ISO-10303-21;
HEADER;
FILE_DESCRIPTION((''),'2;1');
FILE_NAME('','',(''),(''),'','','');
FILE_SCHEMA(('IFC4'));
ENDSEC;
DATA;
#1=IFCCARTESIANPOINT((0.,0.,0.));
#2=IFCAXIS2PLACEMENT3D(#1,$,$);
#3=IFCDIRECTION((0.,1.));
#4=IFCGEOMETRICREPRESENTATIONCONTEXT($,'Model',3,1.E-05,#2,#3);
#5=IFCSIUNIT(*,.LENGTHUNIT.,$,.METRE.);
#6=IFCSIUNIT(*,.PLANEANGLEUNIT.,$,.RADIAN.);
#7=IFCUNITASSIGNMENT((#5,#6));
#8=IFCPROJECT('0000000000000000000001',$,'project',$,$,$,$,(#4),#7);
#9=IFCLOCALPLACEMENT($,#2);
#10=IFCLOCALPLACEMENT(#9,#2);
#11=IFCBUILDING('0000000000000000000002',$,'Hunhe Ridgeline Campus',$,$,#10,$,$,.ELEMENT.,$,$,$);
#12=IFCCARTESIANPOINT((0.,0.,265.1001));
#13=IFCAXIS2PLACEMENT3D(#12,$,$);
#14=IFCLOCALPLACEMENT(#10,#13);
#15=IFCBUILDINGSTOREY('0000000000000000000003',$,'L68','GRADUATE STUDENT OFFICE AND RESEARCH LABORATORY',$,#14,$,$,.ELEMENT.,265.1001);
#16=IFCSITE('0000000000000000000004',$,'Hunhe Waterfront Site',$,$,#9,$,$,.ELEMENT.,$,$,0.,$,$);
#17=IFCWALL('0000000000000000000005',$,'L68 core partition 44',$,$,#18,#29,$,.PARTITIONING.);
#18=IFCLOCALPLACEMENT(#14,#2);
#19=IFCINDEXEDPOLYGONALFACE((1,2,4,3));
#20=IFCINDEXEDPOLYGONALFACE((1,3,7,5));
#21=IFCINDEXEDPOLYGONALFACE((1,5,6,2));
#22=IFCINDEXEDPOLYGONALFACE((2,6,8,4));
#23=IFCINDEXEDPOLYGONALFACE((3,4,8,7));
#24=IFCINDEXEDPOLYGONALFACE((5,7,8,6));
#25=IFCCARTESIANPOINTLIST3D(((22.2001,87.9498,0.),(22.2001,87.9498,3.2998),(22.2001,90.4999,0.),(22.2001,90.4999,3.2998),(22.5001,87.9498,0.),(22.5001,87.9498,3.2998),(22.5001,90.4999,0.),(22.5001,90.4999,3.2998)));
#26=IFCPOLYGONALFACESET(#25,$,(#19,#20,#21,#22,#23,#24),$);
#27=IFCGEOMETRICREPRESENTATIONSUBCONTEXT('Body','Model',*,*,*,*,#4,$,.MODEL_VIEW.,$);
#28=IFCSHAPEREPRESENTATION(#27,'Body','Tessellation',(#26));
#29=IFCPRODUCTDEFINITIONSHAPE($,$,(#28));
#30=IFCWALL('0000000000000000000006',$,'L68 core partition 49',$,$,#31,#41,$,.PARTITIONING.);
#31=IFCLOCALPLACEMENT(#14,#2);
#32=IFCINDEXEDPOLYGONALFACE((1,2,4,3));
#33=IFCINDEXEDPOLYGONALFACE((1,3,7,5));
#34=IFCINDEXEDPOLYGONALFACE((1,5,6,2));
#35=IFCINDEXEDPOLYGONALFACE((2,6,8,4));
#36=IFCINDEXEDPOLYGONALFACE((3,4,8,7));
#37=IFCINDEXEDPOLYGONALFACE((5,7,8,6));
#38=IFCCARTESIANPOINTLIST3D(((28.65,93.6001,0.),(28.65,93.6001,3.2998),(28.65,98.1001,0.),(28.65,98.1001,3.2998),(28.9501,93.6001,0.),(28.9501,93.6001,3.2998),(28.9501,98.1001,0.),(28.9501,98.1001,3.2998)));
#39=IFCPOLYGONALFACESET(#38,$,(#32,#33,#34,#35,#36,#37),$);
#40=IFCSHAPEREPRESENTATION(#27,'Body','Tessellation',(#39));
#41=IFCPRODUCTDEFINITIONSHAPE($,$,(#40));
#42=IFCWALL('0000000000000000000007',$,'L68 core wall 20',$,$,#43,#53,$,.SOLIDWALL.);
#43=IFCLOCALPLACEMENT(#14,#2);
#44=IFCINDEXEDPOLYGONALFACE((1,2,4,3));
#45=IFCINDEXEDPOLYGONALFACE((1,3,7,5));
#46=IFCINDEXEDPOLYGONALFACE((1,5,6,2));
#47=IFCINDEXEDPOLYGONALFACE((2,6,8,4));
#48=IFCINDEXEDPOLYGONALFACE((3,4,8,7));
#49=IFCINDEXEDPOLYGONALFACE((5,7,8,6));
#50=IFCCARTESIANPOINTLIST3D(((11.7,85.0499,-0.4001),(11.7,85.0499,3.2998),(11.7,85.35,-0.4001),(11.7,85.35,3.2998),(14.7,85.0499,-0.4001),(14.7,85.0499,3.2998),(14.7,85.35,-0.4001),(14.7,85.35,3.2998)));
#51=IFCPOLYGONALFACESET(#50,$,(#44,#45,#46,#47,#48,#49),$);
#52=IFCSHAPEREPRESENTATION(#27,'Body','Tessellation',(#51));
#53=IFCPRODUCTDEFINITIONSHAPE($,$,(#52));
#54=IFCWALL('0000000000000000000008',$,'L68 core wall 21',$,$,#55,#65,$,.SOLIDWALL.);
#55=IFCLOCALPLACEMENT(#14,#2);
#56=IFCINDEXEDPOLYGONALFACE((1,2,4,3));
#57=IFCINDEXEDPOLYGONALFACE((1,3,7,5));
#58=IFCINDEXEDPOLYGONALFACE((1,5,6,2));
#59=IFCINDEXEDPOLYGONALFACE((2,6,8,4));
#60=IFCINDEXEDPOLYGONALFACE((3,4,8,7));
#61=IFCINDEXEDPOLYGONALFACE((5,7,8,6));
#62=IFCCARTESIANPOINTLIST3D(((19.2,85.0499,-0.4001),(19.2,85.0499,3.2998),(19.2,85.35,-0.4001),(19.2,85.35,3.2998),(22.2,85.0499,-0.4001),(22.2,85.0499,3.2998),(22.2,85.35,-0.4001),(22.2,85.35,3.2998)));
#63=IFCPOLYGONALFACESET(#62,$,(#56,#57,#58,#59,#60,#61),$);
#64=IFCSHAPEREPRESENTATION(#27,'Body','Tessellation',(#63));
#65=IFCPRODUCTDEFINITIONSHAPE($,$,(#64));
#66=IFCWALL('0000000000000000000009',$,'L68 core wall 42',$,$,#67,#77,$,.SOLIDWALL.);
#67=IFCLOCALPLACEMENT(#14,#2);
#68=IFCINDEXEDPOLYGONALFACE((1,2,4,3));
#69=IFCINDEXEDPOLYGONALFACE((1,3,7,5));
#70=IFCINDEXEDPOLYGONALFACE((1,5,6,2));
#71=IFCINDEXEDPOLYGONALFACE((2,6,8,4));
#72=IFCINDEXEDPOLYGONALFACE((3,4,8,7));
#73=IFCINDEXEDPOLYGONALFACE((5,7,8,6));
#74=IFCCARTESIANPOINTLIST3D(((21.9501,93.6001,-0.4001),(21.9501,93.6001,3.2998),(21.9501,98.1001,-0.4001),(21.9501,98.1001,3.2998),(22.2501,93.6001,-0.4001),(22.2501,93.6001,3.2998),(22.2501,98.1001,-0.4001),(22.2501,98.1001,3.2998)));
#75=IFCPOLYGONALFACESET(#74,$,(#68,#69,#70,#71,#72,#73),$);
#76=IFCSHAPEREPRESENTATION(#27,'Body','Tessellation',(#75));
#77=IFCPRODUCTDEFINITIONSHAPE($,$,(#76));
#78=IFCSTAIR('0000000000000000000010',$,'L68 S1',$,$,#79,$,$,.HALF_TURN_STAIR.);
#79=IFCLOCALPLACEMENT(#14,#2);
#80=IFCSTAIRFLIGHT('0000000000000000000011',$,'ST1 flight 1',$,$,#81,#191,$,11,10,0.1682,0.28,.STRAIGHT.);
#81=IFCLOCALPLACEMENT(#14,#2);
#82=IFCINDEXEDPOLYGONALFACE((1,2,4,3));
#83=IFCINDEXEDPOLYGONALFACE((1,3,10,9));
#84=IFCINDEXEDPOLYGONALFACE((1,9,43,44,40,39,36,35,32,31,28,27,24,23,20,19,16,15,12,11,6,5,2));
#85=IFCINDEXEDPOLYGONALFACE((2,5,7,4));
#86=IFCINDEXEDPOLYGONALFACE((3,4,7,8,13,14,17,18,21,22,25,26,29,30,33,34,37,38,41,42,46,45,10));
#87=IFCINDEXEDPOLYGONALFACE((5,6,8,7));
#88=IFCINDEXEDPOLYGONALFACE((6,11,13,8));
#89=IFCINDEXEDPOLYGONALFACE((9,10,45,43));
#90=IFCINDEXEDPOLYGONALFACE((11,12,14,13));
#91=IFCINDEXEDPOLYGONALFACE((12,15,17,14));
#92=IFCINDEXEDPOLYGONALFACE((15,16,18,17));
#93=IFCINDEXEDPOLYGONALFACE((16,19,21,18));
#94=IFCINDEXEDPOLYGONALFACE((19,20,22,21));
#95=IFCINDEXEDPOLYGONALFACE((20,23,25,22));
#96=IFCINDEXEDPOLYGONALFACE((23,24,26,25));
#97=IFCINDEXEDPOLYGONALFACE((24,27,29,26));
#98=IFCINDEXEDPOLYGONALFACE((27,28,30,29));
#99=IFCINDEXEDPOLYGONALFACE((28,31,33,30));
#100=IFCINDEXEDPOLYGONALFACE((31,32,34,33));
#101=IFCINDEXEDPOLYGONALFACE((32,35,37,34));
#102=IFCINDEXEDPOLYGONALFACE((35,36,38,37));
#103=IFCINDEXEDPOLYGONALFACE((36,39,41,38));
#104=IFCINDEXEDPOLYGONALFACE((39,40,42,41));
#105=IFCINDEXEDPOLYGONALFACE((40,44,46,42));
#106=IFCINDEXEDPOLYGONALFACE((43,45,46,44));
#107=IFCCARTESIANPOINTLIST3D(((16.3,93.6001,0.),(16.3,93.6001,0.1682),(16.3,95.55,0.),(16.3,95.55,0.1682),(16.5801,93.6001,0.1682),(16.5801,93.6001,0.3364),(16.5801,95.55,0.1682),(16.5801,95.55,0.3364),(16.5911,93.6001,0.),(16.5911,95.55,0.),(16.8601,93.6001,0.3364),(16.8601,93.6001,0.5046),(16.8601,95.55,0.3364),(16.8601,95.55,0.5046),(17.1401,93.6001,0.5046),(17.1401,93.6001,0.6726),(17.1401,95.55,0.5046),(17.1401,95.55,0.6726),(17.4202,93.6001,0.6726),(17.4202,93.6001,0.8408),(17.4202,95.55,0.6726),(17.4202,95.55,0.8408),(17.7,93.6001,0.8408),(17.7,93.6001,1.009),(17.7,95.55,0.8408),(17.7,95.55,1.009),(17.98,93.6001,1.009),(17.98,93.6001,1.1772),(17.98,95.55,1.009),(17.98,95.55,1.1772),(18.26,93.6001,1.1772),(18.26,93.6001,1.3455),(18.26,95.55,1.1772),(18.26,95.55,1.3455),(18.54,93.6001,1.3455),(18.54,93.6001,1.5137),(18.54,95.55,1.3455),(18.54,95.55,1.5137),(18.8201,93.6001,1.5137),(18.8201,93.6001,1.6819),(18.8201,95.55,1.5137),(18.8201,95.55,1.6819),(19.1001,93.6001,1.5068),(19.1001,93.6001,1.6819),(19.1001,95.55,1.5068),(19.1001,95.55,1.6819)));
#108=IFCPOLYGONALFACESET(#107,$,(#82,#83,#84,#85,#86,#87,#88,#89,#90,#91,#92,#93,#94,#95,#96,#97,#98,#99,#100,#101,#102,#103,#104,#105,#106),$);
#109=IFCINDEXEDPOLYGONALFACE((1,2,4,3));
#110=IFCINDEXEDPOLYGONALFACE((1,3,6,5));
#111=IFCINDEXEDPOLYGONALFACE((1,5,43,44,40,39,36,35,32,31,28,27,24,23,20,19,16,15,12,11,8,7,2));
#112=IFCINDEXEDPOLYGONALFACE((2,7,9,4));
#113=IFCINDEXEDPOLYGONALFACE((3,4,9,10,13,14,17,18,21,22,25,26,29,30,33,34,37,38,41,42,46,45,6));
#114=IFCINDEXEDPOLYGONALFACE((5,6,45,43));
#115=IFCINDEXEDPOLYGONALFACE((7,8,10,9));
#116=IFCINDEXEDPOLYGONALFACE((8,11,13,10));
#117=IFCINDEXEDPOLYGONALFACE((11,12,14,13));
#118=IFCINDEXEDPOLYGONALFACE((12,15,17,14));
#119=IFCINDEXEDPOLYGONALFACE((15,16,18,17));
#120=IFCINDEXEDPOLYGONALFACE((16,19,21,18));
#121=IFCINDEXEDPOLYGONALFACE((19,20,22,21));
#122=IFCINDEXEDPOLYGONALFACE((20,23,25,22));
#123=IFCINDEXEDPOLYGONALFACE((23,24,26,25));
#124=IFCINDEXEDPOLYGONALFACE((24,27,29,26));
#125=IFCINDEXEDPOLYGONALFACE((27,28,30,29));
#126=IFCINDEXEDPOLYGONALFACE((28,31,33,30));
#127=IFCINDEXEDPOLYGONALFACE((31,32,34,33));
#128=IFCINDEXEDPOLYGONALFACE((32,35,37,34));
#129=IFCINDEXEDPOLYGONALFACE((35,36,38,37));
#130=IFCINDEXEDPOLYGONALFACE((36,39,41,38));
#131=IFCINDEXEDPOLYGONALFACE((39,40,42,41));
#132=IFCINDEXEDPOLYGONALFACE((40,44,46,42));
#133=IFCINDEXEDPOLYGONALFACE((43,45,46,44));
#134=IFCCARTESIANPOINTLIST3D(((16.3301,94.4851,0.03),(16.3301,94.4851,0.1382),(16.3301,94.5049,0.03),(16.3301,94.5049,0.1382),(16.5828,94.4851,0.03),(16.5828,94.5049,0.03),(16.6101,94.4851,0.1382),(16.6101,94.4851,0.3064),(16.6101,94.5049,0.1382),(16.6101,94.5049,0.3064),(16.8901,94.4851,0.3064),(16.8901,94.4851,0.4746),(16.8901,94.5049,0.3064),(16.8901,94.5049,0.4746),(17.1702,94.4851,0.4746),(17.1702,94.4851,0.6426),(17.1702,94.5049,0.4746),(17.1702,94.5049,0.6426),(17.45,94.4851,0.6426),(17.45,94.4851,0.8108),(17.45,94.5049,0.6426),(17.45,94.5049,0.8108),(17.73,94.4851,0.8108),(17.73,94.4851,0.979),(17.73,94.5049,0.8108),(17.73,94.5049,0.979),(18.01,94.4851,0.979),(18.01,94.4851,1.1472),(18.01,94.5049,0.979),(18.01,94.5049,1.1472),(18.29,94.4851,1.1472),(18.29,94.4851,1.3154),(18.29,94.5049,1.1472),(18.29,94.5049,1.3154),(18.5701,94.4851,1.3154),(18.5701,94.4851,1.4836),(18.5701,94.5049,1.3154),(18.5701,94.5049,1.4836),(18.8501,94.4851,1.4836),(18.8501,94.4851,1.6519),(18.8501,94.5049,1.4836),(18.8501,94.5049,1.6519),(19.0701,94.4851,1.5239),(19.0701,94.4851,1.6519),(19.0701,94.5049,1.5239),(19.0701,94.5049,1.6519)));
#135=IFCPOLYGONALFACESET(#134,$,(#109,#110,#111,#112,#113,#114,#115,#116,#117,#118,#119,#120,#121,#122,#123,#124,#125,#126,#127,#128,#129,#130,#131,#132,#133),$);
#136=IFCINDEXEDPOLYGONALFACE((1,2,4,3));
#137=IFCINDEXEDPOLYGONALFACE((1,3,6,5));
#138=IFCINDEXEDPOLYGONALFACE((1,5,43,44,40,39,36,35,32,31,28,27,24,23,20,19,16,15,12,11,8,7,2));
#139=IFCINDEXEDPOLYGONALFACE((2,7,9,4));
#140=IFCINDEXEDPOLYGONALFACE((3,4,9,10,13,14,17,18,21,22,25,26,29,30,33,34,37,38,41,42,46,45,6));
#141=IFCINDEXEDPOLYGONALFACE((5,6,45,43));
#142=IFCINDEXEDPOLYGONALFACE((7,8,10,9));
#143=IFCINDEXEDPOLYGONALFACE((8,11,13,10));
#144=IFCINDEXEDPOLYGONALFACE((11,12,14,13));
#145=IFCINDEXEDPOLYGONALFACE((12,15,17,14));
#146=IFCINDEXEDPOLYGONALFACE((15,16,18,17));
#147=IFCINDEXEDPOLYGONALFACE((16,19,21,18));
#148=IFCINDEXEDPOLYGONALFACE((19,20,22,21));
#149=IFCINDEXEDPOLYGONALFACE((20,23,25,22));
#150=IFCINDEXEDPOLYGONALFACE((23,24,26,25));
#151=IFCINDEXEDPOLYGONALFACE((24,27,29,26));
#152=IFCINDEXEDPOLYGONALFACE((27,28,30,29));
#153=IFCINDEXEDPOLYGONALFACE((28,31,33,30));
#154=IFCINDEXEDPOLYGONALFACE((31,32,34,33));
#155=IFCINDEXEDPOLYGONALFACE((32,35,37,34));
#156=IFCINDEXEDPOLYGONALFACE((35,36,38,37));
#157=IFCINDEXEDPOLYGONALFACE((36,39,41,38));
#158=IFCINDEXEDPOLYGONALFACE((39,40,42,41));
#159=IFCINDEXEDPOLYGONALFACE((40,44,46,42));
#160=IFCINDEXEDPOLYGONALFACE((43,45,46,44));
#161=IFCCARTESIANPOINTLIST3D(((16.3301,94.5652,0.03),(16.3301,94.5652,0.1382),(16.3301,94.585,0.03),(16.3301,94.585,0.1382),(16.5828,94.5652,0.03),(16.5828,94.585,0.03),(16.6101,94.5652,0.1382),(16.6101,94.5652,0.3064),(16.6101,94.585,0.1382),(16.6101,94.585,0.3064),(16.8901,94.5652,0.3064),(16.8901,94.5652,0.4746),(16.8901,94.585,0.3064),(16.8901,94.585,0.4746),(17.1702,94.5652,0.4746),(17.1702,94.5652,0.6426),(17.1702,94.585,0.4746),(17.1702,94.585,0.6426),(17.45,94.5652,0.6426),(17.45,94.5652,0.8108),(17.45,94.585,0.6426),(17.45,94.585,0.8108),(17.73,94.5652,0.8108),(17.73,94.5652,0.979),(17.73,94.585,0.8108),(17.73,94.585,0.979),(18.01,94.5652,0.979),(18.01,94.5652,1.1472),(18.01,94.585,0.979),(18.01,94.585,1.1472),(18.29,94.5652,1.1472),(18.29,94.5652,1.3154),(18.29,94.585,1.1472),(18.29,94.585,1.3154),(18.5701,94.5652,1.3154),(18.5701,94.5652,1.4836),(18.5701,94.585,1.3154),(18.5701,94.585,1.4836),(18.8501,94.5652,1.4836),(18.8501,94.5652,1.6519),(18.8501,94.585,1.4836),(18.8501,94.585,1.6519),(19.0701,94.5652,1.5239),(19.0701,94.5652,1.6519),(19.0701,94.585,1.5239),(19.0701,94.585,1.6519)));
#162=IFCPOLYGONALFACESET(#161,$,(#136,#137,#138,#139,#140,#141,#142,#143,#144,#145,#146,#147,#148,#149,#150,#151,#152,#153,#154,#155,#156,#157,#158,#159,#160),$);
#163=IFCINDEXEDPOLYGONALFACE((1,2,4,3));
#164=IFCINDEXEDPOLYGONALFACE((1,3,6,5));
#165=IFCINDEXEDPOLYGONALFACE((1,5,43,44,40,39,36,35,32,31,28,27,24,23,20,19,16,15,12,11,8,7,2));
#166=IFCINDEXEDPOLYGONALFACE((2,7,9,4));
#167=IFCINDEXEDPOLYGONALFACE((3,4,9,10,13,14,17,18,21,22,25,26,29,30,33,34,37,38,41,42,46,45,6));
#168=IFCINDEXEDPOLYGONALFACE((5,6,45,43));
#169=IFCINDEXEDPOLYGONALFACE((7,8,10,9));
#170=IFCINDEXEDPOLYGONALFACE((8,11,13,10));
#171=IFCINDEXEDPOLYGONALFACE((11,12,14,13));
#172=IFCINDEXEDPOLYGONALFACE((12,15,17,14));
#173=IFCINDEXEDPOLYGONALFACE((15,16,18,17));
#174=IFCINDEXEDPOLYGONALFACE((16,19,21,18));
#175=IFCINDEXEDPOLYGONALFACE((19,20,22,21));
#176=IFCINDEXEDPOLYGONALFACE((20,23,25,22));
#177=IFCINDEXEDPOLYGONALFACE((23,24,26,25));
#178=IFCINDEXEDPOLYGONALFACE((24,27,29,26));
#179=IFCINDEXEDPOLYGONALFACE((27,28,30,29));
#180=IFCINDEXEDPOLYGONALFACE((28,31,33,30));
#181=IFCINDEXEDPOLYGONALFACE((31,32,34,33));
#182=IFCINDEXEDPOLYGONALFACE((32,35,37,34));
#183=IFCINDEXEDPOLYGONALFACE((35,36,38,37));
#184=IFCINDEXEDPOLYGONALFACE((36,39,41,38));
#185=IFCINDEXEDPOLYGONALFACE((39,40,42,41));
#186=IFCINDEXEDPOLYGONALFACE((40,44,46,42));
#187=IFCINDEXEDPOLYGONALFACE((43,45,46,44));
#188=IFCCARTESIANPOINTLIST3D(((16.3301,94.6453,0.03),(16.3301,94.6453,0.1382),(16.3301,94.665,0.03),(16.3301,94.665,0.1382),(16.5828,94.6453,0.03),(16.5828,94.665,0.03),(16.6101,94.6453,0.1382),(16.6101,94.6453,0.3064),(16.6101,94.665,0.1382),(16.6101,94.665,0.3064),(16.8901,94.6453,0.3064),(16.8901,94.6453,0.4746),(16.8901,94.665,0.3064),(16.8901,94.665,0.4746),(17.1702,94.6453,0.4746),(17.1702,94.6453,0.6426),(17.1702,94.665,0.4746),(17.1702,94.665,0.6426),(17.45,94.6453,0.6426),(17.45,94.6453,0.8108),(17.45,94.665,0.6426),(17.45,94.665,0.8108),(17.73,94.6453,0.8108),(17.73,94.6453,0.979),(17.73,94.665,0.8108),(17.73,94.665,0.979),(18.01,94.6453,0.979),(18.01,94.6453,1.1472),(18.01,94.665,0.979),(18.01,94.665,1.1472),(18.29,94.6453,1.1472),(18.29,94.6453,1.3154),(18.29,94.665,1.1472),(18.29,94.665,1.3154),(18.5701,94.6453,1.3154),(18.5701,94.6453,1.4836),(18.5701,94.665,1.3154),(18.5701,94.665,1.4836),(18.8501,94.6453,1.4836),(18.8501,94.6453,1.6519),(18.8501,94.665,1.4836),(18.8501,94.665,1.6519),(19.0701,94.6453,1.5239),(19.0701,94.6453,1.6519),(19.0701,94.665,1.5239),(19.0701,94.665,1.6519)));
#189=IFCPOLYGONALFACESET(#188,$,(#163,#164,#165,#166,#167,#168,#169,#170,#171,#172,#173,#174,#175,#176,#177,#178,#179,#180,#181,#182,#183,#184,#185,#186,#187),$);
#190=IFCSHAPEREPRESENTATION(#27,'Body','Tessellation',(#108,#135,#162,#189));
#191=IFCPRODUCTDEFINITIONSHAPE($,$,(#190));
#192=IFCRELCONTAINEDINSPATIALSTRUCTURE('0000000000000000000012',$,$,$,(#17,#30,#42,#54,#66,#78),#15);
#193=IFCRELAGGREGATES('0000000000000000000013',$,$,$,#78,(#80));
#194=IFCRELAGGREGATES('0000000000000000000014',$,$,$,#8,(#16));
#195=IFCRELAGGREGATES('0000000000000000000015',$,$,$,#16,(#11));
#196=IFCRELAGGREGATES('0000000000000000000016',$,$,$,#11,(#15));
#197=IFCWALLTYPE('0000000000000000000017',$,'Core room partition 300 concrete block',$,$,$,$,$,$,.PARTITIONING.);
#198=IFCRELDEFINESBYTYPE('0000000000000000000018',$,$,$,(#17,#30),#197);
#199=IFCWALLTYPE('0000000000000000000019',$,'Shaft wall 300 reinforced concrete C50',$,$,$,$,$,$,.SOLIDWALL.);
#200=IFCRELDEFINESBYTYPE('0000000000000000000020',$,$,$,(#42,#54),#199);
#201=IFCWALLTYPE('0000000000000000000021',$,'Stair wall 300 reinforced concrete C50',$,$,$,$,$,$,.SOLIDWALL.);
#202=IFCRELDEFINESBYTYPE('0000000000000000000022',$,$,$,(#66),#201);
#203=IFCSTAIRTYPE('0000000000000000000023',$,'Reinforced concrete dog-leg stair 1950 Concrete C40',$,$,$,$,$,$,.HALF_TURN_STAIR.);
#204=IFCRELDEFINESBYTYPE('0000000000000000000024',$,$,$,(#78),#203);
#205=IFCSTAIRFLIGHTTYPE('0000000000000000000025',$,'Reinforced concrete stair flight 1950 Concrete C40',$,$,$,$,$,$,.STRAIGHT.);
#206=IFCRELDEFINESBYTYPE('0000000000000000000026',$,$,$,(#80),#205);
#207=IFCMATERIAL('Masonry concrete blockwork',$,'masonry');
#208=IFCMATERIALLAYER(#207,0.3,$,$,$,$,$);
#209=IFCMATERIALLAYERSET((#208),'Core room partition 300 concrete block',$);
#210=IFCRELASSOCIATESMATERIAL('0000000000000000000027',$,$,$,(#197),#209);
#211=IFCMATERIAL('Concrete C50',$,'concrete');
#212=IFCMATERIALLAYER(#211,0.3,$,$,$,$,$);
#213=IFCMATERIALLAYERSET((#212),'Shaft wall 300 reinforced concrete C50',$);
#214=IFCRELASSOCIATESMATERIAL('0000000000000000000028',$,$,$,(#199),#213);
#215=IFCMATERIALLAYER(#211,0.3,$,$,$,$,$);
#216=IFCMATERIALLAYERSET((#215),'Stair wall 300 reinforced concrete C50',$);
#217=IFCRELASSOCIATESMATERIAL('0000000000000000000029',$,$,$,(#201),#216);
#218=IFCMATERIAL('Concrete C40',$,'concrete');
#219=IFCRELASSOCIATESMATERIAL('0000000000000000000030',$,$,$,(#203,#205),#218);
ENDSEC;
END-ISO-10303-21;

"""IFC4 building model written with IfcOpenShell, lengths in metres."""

from ifc_helpers import new_model, si_unit, direction, frame, frame_2d, origin, place, context, subcontext, project, spatial, polyline, rectangle, outline, extrude, material, layer, layer_set, type_object, element, aggregate, save


model = new_model("IFC4")

# Units and contexts
model_context = context("Model", 3, precision=1e-05, world=origin(), true_north=direction((0.0, 1.0)))
body_context = subcontext(model_context, "Body", "Model", "MODEL_VIEW")
ifc_project = project(units=[si_unit("LENGTHUNIT", "METRE"), si_unit("PLANEANGLEUNIT", "RADIAN")], contexts=[model_context])

# Site, building, storey
site_placement = place(None, origin())
site = spatial("IfcSite", under=ifc_project, at=site_placement, Name="Hunhe Waterfront Site", CompositionType="ELEMENT", RefElevation=0.0)
building_placement = place(site_placement, origin())
building = spatial("IfcBuilding", under=site, at=building_placement, Name="Hunhe Ridgeline Campus", CompositionType="ELEMENT")
storey_placement = place(building_placement, frame((0.0, 0.0, 265.1001)))
storey = spatial("IfcBuildingStorey", under=building, at=storey_placement, Name="L68", Description="GRADUATE STUDENT OFFICE AND RESEARCH LABORATORY", CompositionType="ELEMENT", Elevation=265.1001)

# Walls
ifc_material_1 = material(Name="Masonry concrete blockwork", Category="masonry")
ifc_layer_1 = layer(ifc_material_1, 0.3)
ifc_layer_set_1 = layer_set([ifc_layer_1], Name="Core room partition 300 concrete block")
wall_type_1 = type_object("IfcWallType", Name="Core room partition 300 concrete block", PredefinedType="PARTITIONING", material=ifc_layer_set_1)
wall_1_placement = place(storey_placement, frame((22.3501, 87.95, 0.0), z_axis=(0.0, 0.0, 1.0), x_axis=(0.0, 1.0, 0.0)))
element("IfcWall", 1, at=wall_1_placement, inside=storey, type_object=wall_type_1, Name="L68 core partition 44", PredefinedType="PARTITIONING", context=body_context, shape_type="SweptSolid", body=[
    extrude(rectangle(XDim=2.55, YDim=0.3, at=frame_2d((1.2749, 0.0))), origin(), (0.0, 0.0, 1.0), 3.2998),
])
wall_2_placement = place(storey_placement, frame((28.8, 93.6001, 0.0), z_axis=(0.0, 0.0, 1.0), x_axis=(0.0, 1.0, 0.0)))
element("IfcWall", 2, at=wall_2_placement, inside=storey, type_object=wall_type_1, Name="L68 core partition 49", PredefinedType="PARTITIONING", context=body_context, shape_type="SweptSolid", body=[
    extrude(rectangle(XDim=4.5, YDim=0.3, at=frame_2d((2.25, 0.0))), origin(), (0.0, 0.0, 1.0), 3.2998),
])
ifc_material_2 = material(Name="Concrete C50", Category="concrete")
ifc_layer_2 = layer(ifc_material_2, 0.3)
ifc_layer_set_2 = layer_set([ifc_layer_2], Name="Shaft wall 300 reinforced concrete C50")
wall_type_2 = type_object("IfcWallType", Name="Shaft wall 300 reinforced concrete C50", PredefinedType="SOLIDWALL", material=ifc_layer_set_2)
for number, where, z_axis, x_axis, name in (
    (3, (11.7, 85.2, -0.4001), (0.0, 0.0, 1.0), (1.0, 0.0, 0.0), "L68 core wall 20"),
    (4, (19.2, 85.2, -0.4001), (0.0, 0.0, 1.0), (1.0, 0.0, 0.0), "L68 core wall 21"),
):
    element("IfcWall", number, at=place(storey_placement, frame(where, z_axis=z_axis, x_axis=x_axis)), inside=storey, type_object=wall_type_2, Name=name, PredefinedType="SOLIDWALL", context=body_context, shape_type="SweptSolid", body=[
        extrude(rectangle(XDim=3.0, YDim=0.3, at=frame_2d((1.5, 0.0))), origin(), (0.0, 0.0, 1.0), 3.7),
    ])

# Shared definitions
ifc_layer_3 = layer(ifc_material_2, 0.3)
ifc_layer_set_3 = layer_set([ifc_layer_3], Name="Stair wall 300 reinforced concrete C50")
wall_type_3 = type_object("IfcWallType", Name="Stair wall 300 reinforced concrete C50", PredefinedType="SOLIDWALL", material=ifc_layer_set_3)

# Wall
wall_3_placement = place(storey_placement, frame((22.1001, 93.6001, -0.4001), z_axis=(0.0, 0.0, 1.0), x_axis=(0.0, 1.0, 0.0)))
element("IfcWall", 5, at=wall_3_placement, inside=storey, type_object=wall_type_3, Name="L68 core wall 42", PredefinedType="SOLIDWALL", context=body_context, shape_type="SweptSolid", body=[
    extrude(rectangle(XDim=4.5, YDim=0.3, at=frame_2d((2.25, 0.0))), origin(), (0.0, 0.0, 1.0), 3.7),
])

# Stair, stair flight
ifc_material_3 = material(Name="Concrete C40", Category="concrete")
stair_type = type_object("IfcStairType", Name="Reinforced concrete dog-leg stair 1950 Concrete C40", PredefinedType="HALF_TURN_STAIR", material=ifc_material_3)
stair_placement = place(storey_placement, origin())
stair = element("IfcStair", 6, at=stair_placement, inside=storey, type_object=stair_type, Name="L68 S1", PredefinedType="HALF_TURN_STAIR")
stair_flight_type = type_object("IfcStairFlightType", Name="Reinforced concrete stair flight 1950 Concrete C40", PredefinedType="STRAIGHT", material=ifc_material_3)
stair_flight_1_placement = place(storey_placement, frame((16.3, 94.575, 0.0), z_axis=(0.0, 0.0, 1.0), x_axis=(1.0, 0.0, 0.0)))
stair_flight_1 = element("IfcStairFlight", 7, at=stair_flight_1_placement, type_object=stair_flight_type, Name="ST1 flight 1", NumberOfRisers=11, NumberOfTreads=10, PredefinedType="STRAIGHT", RiserHeight=0.1682, TreadLength=0.28, context=body_context, shape_type="SweptSolid", body=[
    extrude(outline(polyline([(0.0, 0.0), (0.0, 0.1682), (0.28, 0.1682), (0.28, 0.3364), (0.5601, 0.3364), (0.5601, 0.5046), (0.8401, 0.5046), (0.8401, 0.6726), (1.1201, 0.6726), (1.1201, 0.8408), (1.3999, 0.8408), (1.3999, 1.009), (1.6799, 1.009), (1.6799, 1.1772), (1.96, 1.1772), (1.96, 1.3455), (2.24, 1.3455), (2.24, 1.5137), (2.52, 1.5137), (2.52, 1.6819), (2.8, 1.6819), (2.8, 1.8501), (2.8, 1.5068), (0.291, 0.0), (0.0, 0.0)])), frame((0.0, 0.9751, 0.0), z_axis=(0.0, -1.0, 0.0), x_axis=(1.0, 0.0, 0.0)), (0.0, 0.0, 1.0), 1.95),
    extrude(outline(polyline([(0.03, 0.03), (0.03, 0.1382), (0.3101, 0.1382), (0.3101, 0.3064), (0.5901, 0.3064), (0.5901, 0.4746), (0.8701, 0.4746), (0.8701, 0.6426), (1.1499, 0.6426), (1.1499, 0.8108), (1.4299, 0.8108), (1.4299, 0.979), (1.71, 0.979), (1.71, 1.1472), (1.99, 1.1472), (1.99, 1.3154), (2.27, 1.3154), (2.27, 1.4836), (2.55, 1.4836), (2.55, 1.6519), (2.77, 1.6519), (2.77, 1.5239), (0.2827, 0.03), (0.03, 0.03)])), frame((0.0, -0.0701, 0.0), z_axis=(0.0, -1.0, 0.0), x_axis=(1.0, 0.0, 0.0)), (0.0, 0.0, 1.0), 0.0198),
    extrude(outline(polyline([(0.03, 0.03), (0.03, 0.1382), (0.3101, 0.1382), (0.3101, 0.3064), (0.5901, 0.3064), (0.5901, 0.4746), (0.8701, 0.4746), (0.8701, 0.6426), (1.1499, 0.6426), (1.1499, 0.8108), (1.4299, 0.8108), (1.4299, 0.979), (1.71, 0.979), (1.71, 1.1472), (1.99, 1.1472), (1.99, 1.3154), (2.27, 1.3154), (2.27, 1.4836), (2.55, 1.4836), (2.55, 1.6519), (2.77, 1.6519), (2.77, 1.5239), (0.2827, 0.03), (0.03, 0.03)])), frame((0.0, 0.01, 0.0), z_axis=(0.0, -1.0, 0.0), x_axis=(1.0, 0.0, 0.0)), (0.0, 0.0, 1.0), 0.0198),
    extrude(outline(polyline([(0.03, 0.03), (0.03, 0.1382), (0.3101, 0.1382), (0.3101, 0.3064), (0.5901, 0.3064), (0.5901, 0.4746), (0.8701, 0.4746), (0.8701, 0.6426), (1.1499, 0.6426), (1.1499, 0.8108), (1.4299, 0.8108), (1.4299, 0.979), (1.71, 0.979), (1.71, 1.1472), (1.99, 1.1472), (1.99, 1.3154), (2.27, 1.3154), (2.27, 1.4836), (2.55, 1.4836), (2.55, 1.6519), (2.77, 1.6519), (2.77, 1.5239), (0.2827, 0.03), (0.03, 0.03)])), frame((0.0, 0.0901, 0.0), z_axis=(0.0, -1.0, 0.0), x_axis=(1.0, 0.0, 0.0)), (0.0, 0.0, 1.0), 0.0198),
])
aggregate(stair, [stair_flight_1])

save(model, "model.ifc")
